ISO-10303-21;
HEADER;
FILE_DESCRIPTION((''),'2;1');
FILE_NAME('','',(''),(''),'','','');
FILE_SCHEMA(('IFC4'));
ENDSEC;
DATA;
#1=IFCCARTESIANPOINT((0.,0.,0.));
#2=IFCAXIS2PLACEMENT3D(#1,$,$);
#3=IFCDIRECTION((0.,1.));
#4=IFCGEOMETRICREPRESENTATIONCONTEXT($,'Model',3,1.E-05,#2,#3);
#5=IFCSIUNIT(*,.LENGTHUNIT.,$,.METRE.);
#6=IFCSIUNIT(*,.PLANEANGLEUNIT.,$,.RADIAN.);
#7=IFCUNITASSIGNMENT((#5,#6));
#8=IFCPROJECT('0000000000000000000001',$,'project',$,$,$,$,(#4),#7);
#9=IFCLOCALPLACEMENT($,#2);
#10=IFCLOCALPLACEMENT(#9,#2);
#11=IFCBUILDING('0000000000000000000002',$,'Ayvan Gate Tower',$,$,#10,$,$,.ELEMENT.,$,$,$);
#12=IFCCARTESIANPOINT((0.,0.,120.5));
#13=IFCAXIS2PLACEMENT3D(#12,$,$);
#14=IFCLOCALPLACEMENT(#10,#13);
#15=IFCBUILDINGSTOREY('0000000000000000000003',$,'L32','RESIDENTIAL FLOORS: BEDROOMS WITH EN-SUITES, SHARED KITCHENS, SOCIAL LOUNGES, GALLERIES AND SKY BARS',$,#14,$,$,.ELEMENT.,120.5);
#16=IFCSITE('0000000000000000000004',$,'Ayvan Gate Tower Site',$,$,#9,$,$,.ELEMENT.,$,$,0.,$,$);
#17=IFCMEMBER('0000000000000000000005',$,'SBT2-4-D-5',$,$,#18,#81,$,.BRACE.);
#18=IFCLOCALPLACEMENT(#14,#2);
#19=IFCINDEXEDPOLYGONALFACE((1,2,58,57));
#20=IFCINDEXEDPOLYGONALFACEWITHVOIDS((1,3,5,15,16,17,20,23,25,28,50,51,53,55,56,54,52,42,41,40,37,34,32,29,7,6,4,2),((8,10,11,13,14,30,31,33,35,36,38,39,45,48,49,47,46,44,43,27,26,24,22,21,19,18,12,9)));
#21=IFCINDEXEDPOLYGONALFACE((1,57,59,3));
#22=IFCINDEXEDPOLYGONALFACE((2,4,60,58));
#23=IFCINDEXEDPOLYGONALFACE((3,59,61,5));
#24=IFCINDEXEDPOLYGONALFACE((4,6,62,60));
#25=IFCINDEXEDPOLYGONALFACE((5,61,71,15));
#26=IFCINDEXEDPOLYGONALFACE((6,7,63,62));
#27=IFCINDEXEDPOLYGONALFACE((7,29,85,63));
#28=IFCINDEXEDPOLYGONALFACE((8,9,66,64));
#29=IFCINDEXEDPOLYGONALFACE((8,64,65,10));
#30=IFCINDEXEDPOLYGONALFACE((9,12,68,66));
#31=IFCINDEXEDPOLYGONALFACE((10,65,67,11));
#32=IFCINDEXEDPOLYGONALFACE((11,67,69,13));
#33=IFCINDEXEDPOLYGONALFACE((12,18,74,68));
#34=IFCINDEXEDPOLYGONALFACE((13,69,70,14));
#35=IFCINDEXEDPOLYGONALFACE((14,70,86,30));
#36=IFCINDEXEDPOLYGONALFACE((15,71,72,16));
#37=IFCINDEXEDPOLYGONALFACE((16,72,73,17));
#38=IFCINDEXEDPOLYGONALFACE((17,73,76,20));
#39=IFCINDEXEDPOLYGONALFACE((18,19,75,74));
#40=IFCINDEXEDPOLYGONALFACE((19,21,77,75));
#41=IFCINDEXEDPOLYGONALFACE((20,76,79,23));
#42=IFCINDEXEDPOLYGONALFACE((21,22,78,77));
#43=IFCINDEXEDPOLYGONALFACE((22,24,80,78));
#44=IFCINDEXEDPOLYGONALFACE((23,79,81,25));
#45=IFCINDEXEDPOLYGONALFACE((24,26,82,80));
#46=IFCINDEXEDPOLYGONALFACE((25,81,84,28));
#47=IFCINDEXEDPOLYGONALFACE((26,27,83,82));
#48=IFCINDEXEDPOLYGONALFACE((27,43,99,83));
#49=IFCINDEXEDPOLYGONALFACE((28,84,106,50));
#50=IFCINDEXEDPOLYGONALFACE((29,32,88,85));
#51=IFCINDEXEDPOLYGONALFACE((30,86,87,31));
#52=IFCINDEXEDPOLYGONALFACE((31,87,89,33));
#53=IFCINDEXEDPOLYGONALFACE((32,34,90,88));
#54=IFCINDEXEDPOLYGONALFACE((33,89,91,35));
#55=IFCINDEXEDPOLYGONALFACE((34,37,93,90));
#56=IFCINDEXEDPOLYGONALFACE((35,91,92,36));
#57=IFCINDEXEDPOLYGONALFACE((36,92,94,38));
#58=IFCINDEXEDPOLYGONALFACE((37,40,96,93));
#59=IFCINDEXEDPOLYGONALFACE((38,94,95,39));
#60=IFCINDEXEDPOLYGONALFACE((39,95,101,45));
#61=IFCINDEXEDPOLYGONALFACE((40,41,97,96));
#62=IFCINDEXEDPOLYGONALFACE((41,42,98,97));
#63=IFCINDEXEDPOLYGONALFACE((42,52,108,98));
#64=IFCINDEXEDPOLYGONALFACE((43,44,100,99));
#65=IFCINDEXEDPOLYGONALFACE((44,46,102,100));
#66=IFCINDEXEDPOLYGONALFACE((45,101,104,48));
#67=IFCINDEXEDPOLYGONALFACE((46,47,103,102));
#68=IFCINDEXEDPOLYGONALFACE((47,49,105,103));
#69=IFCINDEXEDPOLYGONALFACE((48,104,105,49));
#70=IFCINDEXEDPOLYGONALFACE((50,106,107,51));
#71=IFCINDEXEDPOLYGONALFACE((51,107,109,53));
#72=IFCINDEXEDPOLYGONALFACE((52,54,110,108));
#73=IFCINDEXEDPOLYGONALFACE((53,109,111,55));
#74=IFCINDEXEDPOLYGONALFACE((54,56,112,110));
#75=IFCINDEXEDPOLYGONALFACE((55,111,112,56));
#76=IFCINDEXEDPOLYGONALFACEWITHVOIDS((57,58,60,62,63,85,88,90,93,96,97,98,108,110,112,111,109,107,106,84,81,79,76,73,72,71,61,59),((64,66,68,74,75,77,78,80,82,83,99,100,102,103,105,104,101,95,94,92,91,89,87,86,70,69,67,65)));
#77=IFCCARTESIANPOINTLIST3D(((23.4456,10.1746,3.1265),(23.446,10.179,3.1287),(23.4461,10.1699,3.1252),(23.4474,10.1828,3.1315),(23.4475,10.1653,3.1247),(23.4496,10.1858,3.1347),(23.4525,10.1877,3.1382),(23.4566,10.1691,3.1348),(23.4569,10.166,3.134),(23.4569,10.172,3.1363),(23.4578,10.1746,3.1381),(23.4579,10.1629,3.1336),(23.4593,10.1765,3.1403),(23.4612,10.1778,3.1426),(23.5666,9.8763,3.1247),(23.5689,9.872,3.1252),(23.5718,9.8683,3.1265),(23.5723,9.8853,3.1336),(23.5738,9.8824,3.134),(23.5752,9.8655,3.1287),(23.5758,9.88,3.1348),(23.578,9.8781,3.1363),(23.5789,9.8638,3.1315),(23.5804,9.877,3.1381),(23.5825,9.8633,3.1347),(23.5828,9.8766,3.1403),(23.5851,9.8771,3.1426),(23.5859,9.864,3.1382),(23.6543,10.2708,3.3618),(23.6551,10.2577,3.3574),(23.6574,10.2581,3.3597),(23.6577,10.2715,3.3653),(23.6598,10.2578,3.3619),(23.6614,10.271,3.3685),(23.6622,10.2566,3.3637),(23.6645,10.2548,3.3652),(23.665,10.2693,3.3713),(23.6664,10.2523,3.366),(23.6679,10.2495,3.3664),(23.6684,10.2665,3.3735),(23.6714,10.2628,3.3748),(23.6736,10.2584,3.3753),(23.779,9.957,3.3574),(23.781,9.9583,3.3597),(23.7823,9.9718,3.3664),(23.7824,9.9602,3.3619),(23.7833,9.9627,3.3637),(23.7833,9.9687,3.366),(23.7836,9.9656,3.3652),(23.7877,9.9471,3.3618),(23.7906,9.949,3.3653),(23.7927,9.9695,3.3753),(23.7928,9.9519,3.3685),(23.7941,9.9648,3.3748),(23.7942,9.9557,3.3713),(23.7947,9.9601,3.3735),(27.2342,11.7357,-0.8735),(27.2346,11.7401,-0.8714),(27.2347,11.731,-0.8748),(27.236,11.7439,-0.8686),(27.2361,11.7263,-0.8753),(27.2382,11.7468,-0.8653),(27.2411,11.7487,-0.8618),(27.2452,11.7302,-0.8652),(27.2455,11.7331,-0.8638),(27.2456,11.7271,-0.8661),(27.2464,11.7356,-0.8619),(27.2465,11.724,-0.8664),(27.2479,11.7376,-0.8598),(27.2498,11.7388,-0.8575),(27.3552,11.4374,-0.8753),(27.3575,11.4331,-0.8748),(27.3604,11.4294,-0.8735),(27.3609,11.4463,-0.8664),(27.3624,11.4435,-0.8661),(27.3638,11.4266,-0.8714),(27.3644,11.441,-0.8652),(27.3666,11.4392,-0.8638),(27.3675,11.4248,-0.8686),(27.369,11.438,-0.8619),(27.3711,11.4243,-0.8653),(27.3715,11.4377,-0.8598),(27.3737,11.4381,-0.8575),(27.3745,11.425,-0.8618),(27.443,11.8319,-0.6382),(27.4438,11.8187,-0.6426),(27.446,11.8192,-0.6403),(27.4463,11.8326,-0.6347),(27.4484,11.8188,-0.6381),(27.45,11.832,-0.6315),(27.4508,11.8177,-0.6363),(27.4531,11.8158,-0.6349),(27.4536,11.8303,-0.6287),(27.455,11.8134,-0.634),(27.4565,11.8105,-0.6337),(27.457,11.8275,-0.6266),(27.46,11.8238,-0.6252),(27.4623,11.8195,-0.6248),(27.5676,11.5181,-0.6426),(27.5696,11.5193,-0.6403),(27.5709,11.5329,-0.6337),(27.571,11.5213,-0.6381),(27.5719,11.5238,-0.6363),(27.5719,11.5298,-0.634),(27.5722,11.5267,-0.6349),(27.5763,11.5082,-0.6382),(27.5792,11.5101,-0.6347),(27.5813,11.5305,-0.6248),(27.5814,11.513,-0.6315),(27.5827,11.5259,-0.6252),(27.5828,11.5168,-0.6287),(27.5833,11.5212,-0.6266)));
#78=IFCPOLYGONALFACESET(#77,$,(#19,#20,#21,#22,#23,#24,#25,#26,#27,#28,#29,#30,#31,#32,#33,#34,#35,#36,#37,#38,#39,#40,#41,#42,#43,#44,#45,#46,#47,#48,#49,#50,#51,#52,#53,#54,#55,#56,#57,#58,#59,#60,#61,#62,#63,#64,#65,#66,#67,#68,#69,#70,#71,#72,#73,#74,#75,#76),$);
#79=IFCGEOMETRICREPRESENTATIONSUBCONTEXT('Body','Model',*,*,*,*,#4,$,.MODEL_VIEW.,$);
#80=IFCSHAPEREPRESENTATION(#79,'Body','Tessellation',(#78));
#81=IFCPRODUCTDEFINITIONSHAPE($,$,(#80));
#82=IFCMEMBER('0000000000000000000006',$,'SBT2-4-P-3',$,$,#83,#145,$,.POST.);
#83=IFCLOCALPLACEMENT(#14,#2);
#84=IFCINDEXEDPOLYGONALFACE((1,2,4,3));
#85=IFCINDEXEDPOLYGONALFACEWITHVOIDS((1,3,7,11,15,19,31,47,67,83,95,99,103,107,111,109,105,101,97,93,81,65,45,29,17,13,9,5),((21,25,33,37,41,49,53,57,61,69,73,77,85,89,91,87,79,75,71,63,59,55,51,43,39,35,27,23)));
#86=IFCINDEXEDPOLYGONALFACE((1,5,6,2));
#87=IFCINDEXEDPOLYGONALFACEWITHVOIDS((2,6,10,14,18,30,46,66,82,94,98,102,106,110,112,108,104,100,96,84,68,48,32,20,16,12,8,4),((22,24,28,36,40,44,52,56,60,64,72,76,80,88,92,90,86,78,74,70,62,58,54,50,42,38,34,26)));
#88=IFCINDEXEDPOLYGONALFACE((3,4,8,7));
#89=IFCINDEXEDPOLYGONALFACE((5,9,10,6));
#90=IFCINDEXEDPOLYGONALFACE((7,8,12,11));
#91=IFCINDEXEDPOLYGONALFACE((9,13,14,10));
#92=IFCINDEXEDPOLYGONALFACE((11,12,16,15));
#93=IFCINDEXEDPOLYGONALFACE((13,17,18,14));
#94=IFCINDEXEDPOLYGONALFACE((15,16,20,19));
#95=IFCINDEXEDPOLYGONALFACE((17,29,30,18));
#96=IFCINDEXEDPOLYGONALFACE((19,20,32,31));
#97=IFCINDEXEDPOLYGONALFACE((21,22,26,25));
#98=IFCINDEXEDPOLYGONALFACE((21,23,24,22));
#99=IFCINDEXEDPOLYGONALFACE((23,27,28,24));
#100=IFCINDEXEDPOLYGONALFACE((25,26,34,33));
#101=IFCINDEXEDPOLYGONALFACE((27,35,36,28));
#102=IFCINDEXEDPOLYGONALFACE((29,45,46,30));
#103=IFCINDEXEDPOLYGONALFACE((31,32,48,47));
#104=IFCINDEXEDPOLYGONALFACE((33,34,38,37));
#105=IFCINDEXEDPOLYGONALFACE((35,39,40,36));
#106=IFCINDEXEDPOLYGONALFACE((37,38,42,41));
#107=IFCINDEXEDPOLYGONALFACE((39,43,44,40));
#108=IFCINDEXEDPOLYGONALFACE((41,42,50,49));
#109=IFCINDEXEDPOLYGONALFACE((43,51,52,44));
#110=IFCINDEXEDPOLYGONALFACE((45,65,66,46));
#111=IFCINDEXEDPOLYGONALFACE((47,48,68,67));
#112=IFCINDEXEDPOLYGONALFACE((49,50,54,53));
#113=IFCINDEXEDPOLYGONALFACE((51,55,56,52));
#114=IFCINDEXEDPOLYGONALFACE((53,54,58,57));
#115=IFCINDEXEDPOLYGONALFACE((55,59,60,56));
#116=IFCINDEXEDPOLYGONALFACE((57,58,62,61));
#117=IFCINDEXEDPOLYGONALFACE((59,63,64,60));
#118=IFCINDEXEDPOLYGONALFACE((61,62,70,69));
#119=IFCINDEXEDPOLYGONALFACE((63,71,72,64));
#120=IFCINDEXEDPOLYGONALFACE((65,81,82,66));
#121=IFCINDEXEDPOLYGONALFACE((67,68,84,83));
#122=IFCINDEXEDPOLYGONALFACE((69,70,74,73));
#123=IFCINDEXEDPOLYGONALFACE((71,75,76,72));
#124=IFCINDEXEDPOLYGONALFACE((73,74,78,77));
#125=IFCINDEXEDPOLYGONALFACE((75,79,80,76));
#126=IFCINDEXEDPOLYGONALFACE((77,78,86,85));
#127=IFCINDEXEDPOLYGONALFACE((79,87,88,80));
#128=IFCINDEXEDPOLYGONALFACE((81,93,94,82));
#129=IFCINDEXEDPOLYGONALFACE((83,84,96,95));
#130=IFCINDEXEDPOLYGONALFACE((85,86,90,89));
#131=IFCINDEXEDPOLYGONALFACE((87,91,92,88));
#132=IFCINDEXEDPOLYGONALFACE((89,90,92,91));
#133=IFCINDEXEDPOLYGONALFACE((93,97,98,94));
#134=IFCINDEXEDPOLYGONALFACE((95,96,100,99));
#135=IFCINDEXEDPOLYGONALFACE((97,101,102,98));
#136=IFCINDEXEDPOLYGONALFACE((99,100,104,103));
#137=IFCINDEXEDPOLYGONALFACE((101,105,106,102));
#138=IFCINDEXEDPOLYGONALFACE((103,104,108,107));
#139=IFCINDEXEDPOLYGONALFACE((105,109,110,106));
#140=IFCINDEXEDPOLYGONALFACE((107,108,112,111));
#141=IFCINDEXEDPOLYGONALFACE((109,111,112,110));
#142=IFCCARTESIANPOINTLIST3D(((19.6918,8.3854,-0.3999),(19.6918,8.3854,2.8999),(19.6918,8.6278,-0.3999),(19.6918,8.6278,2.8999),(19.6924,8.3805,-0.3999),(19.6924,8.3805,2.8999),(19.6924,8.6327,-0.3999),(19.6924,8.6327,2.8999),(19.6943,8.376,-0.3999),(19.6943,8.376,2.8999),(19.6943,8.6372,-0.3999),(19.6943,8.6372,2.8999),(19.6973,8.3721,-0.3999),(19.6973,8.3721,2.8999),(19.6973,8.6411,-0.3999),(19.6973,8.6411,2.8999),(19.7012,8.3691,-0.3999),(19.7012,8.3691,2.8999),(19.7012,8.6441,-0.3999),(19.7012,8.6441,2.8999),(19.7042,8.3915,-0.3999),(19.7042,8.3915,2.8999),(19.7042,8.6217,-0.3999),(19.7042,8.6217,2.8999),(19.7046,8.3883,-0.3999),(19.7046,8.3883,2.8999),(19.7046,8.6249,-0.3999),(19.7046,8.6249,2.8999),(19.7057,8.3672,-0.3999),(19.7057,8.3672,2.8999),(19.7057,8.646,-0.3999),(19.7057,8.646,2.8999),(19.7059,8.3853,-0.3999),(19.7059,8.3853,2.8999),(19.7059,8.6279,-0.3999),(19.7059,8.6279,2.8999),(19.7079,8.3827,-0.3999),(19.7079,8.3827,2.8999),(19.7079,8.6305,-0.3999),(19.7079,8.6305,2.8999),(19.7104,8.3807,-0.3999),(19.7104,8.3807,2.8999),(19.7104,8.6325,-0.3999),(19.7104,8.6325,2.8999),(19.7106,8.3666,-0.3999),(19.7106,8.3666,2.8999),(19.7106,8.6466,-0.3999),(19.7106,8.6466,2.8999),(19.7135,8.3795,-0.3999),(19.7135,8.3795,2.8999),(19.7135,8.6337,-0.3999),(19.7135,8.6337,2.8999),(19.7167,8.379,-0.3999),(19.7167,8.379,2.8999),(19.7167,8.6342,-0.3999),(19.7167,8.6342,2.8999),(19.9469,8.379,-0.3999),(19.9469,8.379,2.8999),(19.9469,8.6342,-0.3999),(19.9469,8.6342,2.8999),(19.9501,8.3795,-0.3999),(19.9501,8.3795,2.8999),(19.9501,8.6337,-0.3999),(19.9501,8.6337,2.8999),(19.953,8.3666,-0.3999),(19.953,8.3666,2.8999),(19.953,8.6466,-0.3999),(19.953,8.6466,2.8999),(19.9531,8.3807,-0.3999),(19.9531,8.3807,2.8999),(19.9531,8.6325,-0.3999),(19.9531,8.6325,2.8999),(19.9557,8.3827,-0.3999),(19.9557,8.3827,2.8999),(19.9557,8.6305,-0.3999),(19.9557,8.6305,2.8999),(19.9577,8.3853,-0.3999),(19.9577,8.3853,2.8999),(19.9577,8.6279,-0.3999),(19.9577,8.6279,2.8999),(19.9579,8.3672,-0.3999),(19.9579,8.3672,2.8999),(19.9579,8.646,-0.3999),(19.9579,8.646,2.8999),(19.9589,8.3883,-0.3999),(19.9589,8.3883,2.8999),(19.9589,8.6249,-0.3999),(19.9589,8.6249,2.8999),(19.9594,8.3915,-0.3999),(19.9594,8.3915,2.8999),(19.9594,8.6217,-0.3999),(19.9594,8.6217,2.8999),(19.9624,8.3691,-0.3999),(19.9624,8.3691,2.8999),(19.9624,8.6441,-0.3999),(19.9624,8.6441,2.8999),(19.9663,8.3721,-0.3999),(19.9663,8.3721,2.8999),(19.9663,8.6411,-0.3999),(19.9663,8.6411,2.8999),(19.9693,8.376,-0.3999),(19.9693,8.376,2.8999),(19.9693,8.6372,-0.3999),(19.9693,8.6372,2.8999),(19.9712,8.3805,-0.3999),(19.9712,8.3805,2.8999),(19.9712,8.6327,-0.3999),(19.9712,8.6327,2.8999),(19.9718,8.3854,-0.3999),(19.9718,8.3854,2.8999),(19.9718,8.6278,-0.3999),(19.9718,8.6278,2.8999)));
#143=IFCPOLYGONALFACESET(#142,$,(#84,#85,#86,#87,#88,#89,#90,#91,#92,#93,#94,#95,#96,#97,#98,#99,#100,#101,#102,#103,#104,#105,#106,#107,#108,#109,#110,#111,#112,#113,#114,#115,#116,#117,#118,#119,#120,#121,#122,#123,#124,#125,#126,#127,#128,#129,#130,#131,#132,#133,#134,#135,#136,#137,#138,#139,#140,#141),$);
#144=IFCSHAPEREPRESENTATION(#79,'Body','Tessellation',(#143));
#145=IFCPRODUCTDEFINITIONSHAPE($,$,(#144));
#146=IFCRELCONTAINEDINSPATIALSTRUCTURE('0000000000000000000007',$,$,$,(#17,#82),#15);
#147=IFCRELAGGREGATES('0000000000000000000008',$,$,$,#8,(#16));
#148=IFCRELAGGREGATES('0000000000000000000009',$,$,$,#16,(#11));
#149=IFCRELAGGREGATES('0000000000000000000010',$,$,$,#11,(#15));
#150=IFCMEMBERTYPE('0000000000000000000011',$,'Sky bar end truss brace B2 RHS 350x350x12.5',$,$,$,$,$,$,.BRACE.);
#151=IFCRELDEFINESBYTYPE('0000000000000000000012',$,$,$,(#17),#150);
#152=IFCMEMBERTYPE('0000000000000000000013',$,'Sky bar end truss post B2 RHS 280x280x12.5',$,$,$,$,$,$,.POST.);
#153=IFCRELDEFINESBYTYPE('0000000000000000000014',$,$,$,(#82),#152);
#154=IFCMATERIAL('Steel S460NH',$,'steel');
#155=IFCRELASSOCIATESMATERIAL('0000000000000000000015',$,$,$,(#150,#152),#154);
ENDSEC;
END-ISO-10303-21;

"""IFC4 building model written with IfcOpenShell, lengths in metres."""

from ifc_helpers import new_model, si_unit, direction, frame, origin, origin_2d, place, context, subcontext, project, spatial, hollow_rectangle, extrude, material, material_profile, profile_set, type_object, element, save


model = new_model("IFC4")

# Units and contexts
model_context = context("Model", 3, precision=1e-05, world=origin(), true_north=direction((0.0, 1.0)))
body_context = subcontext(model_context, "Body", "Model", "MODEL_VIEW")
ifc_project = project(units=[si_unit("LENGTHUNIT", "METRE"), si_unit("PLANEANGLEUNIT", "RADIAN")], contexts=[model_context])

# Site, building, storey
site_placement = place(None, origin())
site = spatial("IfcSite", under=ifc_project, at=site_placement, Name="Ayvan Gate Tower Site", CompositionType="ELEMENT", RefElevation=0.0)
building_placement = place(site_placement, origin())
building = spatial("IfcBuilding", under=site, at=building_placement, Name="Ayvan Gate Tower", CompositionType="ELEMENT")
storey_placement = place(building_placement, frame((0.0, 0.0, 120.5)))
storey = spatial("IfcBuildingStorey", under=building, at=storey_placement, Name="L32", Description="RESIDENTIAL FLOORS: BEDROOMS WITH EN-SUITES, SHARED KITCHENS, SOCIAL LOUNGES, GALLERIES AND SKY BARS", CompositionType="ELEMENT", Elevation=120.5)

# Members
ifc_material_1 = material(Name="Steel S460NH", Category="steel")
ifc_material_profile_1 = material_profile(ifc_material_1, hollow_rectangle(XDim=0.3501, YDim=0.3501, WallThickness=0.0125, InnerFilletRadius=0.0125, OuterFilletRadius=0.0188, at=origin_2d()), Name="RHS 350x350x12.5")
ifc_profile_set_1 = profile_set([ifc_material_profile_1], Name="Steel S460NH")
member_type_1 = type_object("IfcMemberType", Name="Sky bar end truss brace B2 RHS 350x350x12.5", PredefinedType="BRACE", material=ifc_profile_set_1)
member_1_placement = place(storey_placement, frame((23.6201, 10.0674, 3.25), z_axis=(0.661613, 0.27261, -0.698535), x_axis=(-0.380966, 0.924589, 0.0)))
element("IfcMember", 1, at=member_1_placement, inside=storey, type_object=member_type_1, Name="SBT2-4-D-5", PredefinedType="BRACE", context=body_context, shape_type="SweptSolid", body=[
    extrude(hollow_rectangle(XDim=0.3501, YDim=0.3501, WallThickness=0.0125, InnerFilletRadius=0.0125, OuterFilletRadius=0.0188, at=origin_2d()), origin(), (0.0, 0.0, 1.0), 5.7263),
])
ifc_material_profile_2 = material_profile(ifc_material_1, hollow_rectangle(XDim=0.28, YDim=0.28, WallThickness=0.0125, InnerFilletRadius=0.0125, OuterFilletRadius=0.0188, at=origin_2d()), Name="RHS 280x280x12.5")
ifc_profile_set_2 = profile_set([ifc_material_profile_2], Name="Steel S460NH")
member_type_2 = type_object("IfcMemberType", Name="Sky bar end truss post B2 RHS 280x280x12.5", PredefinedType="POST", material=ifc_profile_set_2)
for number, where, z_axis, x_axis, name in (
    (2, (19.8318, 8.5066, -0.3999), (0.0, 0.0, 1.0), (1.0, 0.0, 0.0), "SBT2-4-P-3"),
):
    element("IfcMember", number, at=place(storey_placement, frame(where, z_axis=z_axis, x_axis=x_axis)), inside=storey, type_object=member_type_2, Name=name, PredefinedType="POST", context=body_context, shape_type="SweptSolid", body=[
        extrude(hollow_rectangle(XDim=0.28, YDim=0.28, WallThickness=0.0125, InnerFilletRadius=0.0125, OuterFilletRadius=0.0188, at=origin_2d()), origin(), (0.0, 0.0, 1.0), 3.2998),
    ])

save(model, "model.ifc")
